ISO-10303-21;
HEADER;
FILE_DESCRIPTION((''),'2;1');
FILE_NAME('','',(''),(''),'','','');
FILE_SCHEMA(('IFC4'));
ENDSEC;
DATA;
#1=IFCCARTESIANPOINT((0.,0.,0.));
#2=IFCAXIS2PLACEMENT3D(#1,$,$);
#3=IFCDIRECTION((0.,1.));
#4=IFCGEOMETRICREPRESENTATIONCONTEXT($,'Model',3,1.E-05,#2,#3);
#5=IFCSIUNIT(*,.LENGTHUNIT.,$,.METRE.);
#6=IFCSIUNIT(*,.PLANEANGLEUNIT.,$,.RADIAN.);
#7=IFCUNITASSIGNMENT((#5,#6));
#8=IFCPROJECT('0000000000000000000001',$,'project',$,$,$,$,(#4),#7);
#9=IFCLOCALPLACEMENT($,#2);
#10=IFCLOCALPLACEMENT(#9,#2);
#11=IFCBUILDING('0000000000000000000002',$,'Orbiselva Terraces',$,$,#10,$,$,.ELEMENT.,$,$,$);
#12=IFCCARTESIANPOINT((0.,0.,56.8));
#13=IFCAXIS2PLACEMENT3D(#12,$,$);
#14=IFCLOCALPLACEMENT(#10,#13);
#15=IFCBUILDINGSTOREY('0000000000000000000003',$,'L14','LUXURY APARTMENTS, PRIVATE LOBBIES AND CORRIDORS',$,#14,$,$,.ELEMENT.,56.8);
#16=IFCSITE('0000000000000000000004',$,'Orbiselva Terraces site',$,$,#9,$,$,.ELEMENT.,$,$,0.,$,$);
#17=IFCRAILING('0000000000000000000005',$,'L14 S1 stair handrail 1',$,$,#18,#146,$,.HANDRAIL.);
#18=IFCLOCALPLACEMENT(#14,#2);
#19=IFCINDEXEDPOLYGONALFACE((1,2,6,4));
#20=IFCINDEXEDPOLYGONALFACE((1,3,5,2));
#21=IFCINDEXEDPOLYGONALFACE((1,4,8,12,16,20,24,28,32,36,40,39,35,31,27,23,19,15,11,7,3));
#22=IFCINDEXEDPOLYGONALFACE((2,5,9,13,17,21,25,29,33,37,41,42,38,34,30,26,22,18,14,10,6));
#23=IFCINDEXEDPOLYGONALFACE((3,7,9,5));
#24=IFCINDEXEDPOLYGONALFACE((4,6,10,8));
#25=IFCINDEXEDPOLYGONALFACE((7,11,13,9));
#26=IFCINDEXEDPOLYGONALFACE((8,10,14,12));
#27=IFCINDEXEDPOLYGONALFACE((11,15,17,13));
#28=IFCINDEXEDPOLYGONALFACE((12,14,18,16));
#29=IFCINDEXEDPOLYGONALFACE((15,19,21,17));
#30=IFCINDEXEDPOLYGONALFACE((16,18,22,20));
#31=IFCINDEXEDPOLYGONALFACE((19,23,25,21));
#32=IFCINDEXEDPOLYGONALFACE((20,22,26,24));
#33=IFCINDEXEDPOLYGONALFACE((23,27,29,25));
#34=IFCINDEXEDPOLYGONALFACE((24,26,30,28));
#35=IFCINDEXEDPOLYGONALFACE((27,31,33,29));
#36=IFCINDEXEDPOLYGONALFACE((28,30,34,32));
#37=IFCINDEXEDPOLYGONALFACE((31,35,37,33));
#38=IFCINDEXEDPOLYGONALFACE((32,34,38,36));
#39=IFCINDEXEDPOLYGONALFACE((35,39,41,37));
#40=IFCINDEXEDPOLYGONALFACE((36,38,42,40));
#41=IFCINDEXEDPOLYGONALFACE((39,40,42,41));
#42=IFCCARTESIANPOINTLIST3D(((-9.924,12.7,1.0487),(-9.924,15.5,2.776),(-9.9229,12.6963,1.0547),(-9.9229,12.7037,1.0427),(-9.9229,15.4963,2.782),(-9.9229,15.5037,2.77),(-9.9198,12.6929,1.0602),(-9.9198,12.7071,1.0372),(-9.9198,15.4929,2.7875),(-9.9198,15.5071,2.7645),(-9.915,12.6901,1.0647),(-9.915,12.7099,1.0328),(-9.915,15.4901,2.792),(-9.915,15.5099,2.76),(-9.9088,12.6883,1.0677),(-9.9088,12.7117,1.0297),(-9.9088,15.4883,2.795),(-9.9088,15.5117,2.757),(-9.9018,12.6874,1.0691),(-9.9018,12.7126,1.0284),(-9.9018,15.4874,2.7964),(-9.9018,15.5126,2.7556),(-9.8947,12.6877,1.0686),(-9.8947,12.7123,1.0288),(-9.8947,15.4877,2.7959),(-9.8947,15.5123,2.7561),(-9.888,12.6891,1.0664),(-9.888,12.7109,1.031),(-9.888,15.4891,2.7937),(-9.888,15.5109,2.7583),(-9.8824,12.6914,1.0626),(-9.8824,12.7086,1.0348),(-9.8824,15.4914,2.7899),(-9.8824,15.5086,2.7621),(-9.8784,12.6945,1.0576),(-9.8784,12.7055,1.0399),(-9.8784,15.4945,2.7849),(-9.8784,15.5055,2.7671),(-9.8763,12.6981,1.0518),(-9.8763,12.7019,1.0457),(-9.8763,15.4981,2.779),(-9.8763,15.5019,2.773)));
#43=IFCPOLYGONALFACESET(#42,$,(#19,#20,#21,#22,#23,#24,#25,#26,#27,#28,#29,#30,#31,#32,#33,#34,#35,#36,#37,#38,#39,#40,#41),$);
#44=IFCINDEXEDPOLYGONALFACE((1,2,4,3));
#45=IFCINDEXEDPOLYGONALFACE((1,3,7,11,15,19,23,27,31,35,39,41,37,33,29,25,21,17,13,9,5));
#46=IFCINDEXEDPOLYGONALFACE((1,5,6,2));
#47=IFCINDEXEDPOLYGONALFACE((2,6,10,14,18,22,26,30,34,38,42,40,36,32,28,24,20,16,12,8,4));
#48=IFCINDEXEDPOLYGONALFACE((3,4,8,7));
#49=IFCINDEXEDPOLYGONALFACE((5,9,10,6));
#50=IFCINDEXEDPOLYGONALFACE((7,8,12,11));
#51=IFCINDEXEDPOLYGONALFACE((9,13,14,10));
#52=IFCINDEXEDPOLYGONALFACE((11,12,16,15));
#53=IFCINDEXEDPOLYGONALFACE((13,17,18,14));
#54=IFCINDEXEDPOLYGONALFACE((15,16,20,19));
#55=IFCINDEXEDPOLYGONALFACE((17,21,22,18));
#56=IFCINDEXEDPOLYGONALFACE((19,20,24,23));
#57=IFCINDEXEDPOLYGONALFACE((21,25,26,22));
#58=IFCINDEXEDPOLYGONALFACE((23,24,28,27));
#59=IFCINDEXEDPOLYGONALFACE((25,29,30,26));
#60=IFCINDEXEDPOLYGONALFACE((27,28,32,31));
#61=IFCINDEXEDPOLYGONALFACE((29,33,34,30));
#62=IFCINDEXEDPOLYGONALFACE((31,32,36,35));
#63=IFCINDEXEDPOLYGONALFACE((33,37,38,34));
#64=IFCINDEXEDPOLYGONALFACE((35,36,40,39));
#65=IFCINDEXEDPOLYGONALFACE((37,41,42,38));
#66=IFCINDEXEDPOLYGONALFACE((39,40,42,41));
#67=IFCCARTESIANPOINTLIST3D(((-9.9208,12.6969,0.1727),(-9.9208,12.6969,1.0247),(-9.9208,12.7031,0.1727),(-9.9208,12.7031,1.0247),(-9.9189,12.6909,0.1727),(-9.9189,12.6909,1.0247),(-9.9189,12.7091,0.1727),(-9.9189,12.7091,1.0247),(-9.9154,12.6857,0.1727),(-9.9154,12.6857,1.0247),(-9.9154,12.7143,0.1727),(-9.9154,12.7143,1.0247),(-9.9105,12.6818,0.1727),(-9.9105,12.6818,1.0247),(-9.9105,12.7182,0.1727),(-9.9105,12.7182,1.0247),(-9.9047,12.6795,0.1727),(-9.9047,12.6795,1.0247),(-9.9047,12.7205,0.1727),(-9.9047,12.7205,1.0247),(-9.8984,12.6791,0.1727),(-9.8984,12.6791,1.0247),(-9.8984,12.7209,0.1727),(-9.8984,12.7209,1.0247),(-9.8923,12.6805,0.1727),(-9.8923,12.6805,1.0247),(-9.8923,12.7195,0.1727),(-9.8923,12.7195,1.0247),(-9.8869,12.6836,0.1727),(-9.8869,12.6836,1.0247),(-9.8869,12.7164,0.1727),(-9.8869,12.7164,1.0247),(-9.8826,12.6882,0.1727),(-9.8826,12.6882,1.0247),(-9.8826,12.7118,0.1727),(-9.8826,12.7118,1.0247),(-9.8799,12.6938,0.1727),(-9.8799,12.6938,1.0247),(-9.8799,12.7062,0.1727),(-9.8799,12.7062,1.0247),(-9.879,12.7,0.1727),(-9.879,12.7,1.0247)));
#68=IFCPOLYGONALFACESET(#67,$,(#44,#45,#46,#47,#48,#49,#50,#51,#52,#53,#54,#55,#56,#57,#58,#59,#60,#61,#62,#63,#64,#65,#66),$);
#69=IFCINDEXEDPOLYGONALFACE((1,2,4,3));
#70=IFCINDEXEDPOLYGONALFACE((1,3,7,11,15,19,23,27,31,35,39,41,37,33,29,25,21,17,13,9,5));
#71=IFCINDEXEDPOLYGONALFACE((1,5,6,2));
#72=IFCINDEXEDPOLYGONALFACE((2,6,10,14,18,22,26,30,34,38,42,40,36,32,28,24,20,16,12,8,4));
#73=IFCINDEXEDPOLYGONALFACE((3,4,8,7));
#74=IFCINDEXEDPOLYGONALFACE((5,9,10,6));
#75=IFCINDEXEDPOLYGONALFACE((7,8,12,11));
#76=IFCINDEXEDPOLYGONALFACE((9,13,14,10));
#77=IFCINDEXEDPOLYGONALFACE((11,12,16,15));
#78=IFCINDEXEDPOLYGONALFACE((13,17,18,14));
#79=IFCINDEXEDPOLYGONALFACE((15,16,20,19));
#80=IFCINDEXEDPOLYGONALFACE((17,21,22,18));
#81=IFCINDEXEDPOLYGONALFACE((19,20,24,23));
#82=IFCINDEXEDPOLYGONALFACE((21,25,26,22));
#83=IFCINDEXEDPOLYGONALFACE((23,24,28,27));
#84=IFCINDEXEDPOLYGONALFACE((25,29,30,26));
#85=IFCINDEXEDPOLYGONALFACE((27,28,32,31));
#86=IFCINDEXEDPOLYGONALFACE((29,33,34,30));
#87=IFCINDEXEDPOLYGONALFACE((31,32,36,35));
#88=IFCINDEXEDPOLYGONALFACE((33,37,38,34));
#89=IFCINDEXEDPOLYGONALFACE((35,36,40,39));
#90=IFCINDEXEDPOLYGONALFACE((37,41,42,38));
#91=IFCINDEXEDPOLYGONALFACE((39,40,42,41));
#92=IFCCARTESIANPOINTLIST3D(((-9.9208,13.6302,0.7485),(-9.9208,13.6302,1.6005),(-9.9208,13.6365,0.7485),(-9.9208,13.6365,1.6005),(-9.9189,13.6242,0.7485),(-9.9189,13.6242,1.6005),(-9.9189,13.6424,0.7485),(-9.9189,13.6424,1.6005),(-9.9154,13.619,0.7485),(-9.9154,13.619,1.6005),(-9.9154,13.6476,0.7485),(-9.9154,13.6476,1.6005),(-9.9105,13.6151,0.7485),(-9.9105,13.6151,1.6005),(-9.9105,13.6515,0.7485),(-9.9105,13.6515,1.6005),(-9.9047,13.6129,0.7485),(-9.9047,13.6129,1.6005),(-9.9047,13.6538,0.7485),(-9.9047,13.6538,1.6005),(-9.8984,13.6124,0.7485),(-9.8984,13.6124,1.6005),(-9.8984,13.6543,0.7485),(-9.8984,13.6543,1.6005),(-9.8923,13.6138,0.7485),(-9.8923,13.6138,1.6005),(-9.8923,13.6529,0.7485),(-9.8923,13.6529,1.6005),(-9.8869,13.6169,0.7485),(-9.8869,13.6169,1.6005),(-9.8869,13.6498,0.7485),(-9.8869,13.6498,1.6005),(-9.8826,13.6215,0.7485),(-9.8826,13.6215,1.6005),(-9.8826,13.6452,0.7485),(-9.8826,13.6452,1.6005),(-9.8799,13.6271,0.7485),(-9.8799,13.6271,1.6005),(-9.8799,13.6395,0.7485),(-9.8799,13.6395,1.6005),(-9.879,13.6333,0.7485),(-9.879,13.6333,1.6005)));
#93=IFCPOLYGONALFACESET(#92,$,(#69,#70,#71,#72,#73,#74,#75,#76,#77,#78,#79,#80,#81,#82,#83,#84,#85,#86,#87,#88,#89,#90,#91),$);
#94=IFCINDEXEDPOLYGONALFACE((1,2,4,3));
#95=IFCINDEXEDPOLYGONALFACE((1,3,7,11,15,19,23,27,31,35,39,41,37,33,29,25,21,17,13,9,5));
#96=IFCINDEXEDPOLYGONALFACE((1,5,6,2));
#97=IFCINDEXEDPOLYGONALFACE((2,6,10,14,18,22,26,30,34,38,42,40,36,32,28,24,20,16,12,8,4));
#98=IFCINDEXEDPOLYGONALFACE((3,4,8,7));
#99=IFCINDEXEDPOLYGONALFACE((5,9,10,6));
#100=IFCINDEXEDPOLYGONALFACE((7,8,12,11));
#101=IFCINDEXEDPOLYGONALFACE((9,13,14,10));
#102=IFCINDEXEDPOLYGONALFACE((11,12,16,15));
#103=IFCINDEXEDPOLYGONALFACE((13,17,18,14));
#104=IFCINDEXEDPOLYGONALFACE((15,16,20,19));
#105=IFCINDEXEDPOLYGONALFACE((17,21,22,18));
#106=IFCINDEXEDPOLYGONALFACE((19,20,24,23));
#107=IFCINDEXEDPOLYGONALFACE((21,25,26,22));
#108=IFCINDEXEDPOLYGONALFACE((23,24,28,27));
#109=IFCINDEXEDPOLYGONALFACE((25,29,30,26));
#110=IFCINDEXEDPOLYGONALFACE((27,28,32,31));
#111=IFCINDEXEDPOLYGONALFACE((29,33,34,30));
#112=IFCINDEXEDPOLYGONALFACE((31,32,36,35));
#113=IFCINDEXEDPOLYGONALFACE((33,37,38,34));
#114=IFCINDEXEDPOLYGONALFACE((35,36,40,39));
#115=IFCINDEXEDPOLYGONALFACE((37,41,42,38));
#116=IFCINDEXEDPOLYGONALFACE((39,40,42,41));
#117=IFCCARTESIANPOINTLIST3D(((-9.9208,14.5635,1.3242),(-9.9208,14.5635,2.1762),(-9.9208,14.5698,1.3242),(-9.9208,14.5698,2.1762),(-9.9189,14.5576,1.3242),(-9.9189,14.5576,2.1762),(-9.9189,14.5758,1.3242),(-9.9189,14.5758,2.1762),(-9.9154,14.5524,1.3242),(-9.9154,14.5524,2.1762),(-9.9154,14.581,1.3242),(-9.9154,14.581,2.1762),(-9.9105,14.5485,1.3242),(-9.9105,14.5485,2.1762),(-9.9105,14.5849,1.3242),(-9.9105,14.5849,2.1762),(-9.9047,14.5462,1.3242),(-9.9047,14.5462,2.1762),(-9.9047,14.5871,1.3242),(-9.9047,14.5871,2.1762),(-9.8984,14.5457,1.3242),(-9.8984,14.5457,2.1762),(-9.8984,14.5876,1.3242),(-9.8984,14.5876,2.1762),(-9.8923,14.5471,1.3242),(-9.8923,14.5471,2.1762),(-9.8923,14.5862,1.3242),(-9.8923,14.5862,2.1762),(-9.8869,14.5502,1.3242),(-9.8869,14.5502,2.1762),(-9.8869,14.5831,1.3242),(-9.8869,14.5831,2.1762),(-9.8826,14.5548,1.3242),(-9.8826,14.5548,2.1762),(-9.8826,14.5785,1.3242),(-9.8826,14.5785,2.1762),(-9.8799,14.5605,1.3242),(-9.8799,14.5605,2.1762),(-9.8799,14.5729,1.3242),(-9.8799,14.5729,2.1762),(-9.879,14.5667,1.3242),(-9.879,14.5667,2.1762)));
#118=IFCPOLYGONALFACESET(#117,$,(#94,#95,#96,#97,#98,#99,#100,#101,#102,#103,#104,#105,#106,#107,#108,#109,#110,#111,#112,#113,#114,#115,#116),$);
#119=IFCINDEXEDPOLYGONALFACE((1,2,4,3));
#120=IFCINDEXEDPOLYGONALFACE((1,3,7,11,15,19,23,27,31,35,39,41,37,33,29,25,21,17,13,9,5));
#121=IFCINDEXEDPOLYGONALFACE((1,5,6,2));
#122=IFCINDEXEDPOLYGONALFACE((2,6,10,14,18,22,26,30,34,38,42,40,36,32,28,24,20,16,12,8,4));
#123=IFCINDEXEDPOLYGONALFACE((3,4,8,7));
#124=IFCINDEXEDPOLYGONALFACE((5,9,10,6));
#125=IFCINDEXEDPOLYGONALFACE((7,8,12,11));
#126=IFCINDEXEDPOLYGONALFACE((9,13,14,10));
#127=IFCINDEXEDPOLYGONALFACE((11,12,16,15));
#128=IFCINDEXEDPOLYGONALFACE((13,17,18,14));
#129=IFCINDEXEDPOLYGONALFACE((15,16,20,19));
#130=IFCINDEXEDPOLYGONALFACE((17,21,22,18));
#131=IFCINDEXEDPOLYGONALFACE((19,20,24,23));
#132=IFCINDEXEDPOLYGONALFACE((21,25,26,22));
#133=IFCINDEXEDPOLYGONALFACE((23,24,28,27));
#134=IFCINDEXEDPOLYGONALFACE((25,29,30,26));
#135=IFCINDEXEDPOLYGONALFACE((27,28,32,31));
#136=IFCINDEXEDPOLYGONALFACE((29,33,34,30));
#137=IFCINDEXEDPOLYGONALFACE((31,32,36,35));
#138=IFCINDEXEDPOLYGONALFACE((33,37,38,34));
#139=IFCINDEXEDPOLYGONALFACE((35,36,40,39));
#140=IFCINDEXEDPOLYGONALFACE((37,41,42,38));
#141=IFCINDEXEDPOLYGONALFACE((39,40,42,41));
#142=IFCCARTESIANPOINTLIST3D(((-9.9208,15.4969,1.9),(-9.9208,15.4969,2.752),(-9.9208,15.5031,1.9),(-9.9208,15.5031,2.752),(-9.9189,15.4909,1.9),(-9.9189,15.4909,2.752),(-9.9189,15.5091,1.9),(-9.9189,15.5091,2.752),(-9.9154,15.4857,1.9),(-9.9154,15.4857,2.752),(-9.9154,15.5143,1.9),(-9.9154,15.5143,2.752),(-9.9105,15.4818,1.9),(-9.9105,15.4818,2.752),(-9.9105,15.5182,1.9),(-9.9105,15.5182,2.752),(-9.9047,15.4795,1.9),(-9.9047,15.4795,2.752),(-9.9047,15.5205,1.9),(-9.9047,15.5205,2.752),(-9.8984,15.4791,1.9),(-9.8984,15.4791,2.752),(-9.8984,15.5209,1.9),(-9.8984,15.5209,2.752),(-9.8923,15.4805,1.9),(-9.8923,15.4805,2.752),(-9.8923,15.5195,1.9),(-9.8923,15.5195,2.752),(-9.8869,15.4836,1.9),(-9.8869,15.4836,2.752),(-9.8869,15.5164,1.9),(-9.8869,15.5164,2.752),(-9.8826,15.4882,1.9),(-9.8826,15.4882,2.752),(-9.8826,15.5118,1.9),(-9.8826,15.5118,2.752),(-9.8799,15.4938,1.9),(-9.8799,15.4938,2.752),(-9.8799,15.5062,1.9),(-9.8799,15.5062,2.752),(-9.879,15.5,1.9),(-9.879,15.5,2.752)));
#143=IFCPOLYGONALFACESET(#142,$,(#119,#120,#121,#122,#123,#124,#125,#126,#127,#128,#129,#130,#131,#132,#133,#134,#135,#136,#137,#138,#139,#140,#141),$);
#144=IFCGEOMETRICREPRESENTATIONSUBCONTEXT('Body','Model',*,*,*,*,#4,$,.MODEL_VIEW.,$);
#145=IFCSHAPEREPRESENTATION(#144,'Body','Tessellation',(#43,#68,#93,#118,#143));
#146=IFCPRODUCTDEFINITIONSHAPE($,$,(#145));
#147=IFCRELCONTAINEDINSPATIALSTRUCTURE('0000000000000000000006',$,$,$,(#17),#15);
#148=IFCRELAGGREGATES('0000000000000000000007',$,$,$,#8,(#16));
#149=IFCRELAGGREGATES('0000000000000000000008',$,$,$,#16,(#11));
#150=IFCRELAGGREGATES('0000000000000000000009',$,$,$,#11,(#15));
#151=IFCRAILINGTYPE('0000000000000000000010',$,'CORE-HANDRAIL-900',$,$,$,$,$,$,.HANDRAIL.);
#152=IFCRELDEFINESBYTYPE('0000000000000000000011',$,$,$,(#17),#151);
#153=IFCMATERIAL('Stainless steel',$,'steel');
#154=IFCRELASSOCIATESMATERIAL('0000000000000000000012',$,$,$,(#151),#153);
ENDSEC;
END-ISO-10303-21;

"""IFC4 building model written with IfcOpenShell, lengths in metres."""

from ifc_helpers import new_model, si_unit, direction, frame, origin, origin_2d, place, context, subcontext, project, spatial, circle, extrude, material, type_object, element, save


model = new_model("IFC4")

# Units and contexts
model_context = context("Model", 3, precision=1e-05, world=origin(), true_north=direction((0.0, 1.0)))
body_context = subcontext(model_context, "Body", "Model", "MODEL_VIEW")
ifc_project = project(units=[si_unit("LENGTHUNIT", "METRE"), si_unit("PLANEANGLEUNIT", "RADIAN")], contexts=[model_context])

# Site, building, storey
site_placement = place(None, origin())
site = spatial("IfcSite", under=ifc_project, at=site_placement, Name="Orbiselva Terraces site", CompositionType="ELEMENT", RefElevation=0.0)
building_placement = place(site_placement, origin())
building = spatial("IfcBuilding", under=site, at=building_placement, Name="Orbiselva Terraces", CompositionType="ELEMENT")
storey_placement = place(building_placement, frame((0.0, 0.0, 56.8)))
storey = spatial("IfcBuildingStorey", under=building, at=storey_placement, Name="L14", Description="LUXURY APARTMENTS, PRIVATE LOBBIES AND CORRIDORS", CompositionType="ELEMENT", Elevation=56.8)

# Railing
ifc_material_1 = material(Name="Stainless steel", Category="steel")
railing_type = type_object("IfcRailingType", Name="CORE-HANDRAIL-900", PredefinedType="HANDRAIL", material=ifc_material_1)
railing_1_placement = place(storey_placement, frame((-9.9, 12.7, 0.1727)))
element("IfcRailing", 1, at=railing_1_placement, inside=storey, type_object=railing_type, Name="L14 S1 stair handrail 1", PredefinedType="HANDRAIL", context=body_context, shape_type="SweptSolid", body=[
    extrude(circle(Radius=0.024, at=origin_2d()), frame((0.0, 0.0, 0.876), z_axis=(0.0, 0.851089, 0.525022), x_axis=(-1.0, 0.0, 0.0)), (0.0, 0.0, 1.0), 3.2899),
    extrude(circle(Radius=0.021, at=origin_2d()), origin(), (0.0, 0.0, 1.0), 0.852),
    extrude(circle(Radius=0.021, at=origin_2d()), frame((0.0, 0.9333, 0.5758)), (0.0, 0.0, 1.0), 0.852),
    extrude(circle(Radius=0.021, at=origin_2d()), frame((0.0, 1.8667, 1.1515)), (0.0, 0.0, 1.0), 0.852),
    extrude(circle(Radius=0.021, at=origin_2d()), frame((0.0, 2.8, 1.7273)), (0.0, 0.0, 1.0), 0.852),
])

save(model, "model.ifc")
